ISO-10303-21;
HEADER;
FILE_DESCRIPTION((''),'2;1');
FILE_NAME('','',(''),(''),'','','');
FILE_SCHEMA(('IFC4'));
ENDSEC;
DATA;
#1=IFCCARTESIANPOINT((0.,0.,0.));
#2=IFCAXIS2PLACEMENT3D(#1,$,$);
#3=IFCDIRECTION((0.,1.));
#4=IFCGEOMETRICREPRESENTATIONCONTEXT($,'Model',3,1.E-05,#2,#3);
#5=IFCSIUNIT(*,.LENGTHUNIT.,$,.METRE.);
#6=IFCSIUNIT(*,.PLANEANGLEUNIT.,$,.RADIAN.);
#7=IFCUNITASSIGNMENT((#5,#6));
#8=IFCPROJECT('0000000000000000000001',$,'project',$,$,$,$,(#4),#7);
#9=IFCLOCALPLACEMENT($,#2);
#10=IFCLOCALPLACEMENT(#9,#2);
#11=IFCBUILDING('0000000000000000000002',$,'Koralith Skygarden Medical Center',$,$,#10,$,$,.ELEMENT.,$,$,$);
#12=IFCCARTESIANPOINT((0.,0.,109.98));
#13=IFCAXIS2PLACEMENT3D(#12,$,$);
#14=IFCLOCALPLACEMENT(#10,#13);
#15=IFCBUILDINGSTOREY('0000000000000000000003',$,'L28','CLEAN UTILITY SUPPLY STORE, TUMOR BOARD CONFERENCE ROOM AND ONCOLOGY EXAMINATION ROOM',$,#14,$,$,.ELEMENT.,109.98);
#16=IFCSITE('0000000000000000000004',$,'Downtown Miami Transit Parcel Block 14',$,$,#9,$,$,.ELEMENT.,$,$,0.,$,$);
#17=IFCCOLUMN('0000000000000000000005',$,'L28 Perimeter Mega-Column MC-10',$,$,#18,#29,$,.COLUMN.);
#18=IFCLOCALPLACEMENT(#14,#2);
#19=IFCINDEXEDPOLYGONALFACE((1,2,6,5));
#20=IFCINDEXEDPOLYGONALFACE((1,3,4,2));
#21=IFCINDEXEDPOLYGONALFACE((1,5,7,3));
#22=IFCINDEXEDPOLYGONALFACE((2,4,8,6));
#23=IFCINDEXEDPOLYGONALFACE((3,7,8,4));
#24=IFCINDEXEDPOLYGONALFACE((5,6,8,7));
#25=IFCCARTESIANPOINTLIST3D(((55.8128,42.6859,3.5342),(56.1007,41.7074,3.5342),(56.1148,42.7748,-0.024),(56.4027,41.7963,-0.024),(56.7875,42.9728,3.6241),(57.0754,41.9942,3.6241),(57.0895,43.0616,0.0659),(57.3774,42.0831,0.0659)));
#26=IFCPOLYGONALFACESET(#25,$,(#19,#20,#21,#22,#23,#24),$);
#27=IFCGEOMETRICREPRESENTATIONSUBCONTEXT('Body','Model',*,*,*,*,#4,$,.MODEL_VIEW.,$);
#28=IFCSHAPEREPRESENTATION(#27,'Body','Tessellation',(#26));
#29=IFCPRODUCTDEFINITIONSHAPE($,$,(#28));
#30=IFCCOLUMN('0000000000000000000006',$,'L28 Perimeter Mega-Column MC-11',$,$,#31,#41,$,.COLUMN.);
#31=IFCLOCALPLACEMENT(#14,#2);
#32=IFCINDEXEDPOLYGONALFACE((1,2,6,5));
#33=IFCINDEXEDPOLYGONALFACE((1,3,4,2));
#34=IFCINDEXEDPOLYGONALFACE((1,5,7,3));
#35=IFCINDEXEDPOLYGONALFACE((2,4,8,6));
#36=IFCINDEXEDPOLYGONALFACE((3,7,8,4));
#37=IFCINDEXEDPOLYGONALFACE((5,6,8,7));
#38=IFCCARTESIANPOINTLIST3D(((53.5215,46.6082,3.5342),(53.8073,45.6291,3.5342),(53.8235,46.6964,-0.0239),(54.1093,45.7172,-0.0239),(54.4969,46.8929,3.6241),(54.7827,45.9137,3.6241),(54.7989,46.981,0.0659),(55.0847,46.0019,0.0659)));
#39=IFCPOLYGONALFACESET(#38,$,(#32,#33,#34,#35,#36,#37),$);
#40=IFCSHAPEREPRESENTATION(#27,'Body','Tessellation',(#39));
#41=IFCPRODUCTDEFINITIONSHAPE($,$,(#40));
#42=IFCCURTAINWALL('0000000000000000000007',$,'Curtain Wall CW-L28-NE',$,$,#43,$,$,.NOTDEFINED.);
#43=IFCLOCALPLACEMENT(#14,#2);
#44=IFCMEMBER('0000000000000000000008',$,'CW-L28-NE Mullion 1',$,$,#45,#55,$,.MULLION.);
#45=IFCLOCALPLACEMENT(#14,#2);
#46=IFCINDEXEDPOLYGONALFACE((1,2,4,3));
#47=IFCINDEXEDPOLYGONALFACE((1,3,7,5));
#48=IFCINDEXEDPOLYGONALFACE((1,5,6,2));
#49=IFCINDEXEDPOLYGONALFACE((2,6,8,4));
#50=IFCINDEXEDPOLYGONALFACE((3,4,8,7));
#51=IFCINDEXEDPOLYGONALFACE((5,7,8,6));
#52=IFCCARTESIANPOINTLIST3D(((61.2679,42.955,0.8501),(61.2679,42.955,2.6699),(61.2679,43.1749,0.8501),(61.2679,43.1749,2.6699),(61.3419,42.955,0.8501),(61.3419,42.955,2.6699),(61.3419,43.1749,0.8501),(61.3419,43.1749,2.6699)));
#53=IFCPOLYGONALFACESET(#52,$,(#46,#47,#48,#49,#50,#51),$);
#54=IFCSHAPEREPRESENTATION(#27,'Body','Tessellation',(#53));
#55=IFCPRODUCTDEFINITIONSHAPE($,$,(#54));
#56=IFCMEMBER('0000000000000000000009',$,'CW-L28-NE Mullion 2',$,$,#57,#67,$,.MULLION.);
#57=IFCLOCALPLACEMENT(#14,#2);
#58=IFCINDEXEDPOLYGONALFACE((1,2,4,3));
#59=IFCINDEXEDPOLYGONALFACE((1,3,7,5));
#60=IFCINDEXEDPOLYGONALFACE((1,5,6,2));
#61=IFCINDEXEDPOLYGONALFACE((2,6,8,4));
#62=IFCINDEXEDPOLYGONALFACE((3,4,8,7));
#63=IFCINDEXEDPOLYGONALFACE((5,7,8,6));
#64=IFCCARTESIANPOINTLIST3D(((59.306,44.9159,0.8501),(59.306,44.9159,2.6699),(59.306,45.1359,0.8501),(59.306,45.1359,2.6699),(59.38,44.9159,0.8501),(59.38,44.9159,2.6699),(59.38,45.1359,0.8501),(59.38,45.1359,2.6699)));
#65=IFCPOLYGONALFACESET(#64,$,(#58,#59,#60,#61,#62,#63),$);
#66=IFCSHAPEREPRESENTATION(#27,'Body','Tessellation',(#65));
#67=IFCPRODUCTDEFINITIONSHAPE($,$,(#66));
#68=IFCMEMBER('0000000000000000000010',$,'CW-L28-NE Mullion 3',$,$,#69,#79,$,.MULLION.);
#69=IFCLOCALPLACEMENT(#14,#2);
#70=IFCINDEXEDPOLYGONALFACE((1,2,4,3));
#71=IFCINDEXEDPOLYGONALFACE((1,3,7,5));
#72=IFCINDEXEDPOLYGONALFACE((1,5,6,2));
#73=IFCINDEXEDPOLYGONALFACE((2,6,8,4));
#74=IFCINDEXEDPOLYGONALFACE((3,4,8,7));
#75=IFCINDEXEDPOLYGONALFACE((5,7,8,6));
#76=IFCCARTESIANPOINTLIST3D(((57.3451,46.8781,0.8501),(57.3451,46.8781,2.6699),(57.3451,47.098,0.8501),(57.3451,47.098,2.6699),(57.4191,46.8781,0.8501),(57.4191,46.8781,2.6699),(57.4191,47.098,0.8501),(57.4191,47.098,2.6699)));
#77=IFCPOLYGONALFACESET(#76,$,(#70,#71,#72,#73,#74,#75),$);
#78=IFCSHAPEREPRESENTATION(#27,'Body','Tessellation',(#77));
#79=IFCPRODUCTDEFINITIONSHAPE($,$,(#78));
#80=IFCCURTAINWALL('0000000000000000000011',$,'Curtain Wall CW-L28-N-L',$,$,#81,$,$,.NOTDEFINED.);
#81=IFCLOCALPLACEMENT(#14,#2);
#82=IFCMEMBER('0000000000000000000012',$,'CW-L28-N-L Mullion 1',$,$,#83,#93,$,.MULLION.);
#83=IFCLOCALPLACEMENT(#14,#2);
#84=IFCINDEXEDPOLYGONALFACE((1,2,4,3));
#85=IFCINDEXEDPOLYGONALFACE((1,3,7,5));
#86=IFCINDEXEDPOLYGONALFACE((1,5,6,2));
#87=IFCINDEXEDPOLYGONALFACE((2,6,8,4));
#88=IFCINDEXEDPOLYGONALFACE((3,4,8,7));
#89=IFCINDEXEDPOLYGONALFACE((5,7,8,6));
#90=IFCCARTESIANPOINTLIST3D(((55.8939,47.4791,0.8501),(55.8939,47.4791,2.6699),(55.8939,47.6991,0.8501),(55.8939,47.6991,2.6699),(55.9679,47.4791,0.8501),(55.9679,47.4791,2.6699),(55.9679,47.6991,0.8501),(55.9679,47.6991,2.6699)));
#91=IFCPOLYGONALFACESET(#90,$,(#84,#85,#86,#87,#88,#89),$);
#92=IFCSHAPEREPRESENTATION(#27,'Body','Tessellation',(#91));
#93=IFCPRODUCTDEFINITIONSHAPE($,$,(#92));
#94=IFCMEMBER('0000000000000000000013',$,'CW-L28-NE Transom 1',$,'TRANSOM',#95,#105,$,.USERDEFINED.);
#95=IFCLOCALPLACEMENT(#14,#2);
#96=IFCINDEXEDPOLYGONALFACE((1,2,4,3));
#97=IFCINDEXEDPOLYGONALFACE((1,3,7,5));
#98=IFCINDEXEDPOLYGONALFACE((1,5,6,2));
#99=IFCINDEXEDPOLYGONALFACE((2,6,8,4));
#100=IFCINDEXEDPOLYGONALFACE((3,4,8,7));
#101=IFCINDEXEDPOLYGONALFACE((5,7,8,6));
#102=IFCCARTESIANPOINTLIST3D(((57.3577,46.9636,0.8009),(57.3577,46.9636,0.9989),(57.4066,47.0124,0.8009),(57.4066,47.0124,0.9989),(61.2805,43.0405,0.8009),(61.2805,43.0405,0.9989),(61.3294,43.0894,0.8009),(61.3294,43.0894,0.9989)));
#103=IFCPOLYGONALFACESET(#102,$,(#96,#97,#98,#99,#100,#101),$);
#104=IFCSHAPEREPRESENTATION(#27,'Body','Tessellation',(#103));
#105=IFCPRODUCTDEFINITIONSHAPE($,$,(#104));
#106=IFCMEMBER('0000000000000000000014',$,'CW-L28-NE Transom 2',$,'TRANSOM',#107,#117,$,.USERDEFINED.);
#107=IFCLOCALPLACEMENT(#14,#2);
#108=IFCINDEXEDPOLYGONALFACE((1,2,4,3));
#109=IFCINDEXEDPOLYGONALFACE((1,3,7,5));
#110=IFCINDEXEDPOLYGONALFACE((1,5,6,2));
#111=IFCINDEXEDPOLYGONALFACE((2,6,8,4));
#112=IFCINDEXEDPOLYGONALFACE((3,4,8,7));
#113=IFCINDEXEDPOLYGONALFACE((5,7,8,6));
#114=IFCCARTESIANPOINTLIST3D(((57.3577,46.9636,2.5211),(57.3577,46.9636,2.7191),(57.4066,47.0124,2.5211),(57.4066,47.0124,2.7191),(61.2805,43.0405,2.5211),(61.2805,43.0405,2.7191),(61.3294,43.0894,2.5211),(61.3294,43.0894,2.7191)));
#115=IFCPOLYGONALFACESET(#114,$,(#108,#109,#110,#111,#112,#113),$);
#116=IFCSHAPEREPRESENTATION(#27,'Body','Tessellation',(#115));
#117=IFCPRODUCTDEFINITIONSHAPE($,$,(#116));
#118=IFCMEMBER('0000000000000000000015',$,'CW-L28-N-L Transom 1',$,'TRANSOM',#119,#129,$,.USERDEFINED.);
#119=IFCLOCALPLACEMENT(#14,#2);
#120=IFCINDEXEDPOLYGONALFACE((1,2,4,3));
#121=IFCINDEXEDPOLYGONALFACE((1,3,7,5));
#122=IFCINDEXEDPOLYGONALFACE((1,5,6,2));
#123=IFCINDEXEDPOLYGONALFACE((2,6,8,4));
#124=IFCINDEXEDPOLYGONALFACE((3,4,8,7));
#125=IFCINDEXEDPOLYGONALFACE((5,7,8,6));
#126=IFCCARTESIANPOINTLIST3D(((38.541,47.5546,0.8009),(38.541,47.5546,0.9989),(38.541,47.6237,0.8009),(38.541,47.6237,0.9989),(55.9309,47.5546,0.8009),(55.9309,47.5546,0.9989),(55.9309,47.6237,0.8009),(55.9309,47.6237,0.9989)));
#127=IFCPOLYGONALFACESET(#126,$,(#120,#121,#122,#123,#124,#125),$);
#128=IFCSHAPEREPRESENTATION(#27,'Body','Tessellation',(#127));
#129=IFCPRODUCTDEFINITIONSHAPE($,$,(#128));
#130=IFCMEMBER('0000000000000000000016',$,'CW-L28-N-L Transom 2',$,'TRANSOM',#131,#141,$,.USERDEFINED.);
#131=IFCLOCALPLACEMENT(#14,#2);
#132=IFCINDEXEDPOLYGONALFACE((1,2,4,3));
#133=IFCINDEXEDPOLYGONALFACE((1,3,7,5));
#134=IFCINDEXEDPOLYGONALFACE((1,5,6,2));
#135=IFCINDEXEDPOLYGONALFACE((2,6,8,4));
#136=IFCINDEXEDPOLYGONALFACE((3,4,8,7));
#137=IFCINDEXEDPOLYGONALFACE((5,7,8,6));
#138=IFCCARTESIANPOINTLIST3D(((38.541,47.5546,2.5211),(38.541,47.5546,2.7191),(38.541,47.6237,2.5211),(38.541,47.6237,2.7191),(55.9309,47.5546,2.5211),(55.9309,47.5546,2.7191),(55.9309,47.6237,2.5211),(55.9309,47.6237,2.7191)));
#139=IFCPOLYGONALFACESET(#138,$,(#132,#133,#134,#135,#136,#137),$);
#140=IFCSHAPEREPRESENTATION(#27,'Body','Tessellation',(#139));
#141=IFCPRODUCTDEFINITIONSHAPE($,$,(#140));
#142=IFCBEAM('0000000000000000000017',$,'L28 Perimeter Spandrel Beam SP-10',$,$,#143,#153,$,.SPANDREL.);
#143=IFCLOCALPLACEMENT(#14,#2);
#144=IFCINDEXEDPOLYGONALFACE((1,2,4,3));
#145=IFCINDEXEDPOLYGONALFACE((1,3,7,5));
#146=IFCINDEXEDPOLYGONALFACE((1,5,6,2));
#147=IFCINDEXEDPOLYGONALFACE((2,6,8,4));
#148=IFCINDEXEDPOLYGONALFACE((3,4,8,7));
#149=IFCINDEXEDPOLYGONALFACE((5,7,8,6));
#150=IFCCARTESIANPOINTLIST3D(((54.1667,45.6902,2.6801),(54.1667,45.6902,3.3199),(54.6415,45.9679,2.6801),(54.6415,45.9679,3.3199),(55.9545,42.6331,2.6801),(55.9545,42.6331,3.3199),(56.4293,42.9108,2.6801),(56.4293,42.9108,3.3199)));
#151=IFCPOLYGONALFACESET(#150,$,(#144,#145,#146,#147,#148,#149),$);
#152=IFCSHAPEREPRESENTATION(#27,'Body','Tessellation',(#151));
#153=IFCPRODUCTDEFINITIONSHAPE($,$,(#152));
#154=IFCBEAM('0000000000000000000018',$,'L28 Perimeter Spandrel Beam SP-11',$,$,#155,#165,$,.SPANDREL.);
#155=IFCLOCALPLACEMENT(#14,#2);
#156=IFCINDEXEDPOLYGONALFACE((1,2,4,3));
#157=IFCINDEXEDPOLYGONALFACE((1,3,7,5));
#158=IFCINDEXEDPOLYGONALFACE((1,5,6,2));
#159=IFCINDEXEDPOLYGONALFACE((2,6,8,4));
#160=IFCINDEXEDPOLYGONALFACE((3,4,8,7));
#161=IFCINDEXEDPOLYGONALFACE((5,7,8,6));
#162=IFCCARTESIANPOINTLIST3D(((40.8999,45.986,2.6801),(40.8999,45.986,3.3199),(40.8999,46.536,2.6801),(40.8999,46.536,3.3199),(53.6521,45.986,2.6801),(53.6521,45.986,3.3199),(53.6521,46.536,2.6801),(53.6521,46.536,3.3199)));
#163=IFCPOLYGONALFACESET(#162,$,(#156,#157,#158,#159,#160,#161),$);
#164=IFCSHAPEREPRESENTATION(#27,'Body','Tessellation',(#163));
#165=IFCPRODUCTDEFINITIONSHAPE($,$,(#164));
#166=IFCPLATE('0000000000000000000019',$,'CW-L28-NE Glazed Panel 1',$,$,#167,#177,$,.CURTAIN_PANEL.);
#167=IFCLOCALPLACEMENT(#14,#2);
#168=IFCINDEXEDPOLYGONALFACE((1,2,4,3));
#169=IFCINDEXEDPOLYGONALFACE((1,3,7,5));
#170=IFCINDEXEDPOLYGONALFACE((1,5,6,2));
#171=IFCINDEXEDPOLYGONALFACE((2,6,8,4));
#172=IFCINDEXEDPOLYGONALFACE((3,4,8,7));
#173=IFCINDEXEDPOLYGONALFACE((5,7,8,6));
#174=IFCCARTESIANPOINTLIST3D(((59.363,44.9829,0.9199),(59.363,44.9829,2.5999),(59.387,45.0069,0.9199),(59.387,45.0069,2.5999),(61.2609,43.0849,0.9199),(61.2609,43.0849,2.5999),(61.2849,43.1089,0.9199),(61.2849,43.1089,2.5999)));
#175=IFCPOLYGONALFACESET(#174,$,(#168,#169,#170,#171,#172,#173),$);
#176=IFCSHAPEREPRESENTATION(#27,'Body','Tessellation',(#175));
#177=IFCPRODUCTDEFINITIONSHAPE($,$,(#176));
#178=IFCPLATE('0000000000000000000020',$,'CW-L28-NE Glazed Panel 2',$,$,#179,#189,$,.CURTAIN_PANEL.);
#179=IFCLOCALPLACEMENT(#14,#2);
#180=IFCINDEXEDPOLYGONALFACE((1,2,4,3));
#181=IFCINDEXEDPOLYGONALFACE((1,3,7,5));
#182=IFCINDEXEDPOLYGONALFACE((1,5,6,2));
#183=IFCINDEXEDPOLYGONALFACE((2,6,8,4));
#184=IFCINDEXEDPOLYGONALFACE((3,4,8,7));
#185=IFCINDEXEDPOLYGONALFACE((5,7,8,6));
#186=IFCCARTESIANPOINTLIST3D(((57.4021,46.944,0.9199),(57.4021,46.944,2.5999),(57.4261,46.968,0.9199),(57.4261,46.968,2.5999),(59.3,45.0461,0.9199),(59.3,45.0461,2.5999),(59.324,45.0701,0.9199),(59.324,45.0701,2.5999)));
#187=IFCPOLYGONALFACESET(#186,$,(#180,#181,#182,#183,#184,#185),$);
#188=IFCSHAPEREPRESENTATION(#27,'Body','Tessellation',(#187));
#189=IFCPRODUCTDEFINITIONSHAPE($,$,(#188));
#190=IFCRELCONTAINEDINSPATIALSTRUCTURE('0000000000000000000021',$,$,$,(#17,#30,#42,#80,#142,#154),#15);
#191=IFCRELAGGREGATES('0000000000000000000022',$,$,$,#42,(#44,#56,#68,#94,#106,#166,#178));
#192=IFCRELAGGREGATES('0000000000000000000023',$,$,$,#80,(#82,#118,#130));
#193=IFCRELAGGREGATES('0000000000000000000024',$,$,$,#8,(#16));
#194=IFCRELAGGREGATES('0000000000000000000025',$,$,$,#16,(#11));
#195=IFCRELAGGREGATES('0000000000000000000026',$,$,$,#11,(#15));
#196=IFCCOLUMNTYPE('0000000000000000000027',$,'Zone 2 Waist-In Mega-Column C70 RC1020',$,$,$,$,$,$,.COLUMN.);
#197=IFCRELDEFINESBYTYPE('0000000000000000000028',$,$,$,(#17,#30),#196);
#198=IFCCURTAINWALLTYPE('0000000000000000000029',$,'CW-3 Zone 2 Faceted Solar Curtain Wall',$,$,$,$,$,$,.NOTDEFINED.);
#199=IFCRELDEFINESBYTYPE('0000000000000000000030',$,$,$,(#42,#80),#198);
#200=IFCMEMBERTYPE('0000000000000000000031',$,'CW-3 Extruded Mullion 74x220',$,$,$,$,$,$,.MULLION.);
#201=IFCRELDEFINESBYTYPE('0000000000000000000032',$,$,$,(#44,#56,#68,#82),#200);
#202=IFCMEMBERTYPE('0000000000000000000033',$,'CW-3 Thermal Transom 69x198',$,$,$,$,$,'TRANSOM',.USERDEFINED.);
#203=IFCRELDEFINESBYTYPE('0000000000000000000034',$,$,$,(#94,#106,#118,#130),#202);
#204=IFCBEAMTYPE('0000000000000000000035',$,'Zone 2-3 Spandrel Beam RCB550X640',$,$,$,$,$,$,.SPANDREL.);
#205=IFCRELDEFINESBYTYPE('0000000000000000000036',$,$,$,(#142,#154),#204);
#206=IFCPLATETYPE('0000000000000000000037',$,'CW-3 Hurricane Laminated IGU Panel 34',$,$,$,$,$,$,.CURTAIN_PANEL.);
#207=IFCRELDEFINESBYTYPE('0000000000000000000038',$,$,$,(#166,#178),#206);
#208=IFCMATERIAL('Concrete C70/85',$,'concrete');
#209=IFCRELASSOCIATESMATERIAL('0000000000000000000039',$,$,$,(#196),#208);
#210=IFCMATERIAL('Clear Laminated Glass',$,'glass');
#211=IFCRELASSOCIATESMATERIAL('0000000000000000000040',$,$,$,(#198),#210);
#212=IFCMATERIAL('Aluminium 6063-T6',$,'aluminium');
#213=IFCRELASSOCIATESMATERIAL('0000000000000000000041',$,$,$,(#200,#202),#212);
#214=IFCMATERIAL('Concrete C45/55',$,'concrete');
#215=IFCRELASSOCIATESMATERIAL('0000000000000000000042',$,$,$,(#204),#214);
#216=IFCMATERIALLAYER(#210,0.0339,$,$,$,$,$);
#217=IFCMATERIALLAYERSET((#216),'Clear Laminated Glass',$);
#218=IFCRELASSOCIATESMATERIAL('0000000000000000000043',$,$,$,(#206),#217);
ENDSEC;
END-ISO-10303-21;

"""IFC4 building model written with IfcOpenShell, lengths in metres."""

from ifc_helpers import new_model, si_unit, direction, frame, origin, origin_2d, place, context, subcontext, project, spatial, rectangle, extrude, material, layer, layer_set, material_profile, profile_set, type_object, element, aggregate, save


model = new_model("IFC4")

# Units and contexts
model_context = context("Model", 3, precision=1e-05, world=origin(), true_north=direction((0.0, 1.0)))
body_context = subcontext(model_context, "Body", "Model", "MODEL_VIEW")
ifc_project = project(units=[si_unit("LENGTHUNIT", "METRE"), si_unit("PLANEANGLEUNIT", "RADIAN")], contexts=[model_context])

# Site, building, storey
site_placement = place(None, origin())
site = spatial("IfcSite", under=ifc_project, at=site_placement, Name="Downtown Miami Transit Parcel Block 14", CompositionType="ELEMENT", RefElevation=0.0)
building_placement = place(site_placement, origin())
building = spatial("IfcBuilding", under=site, at=building_placement, Name="Koralith Skygarden Medical Center", CompositionType="ELEMENT")
storey_placement = place(building_placement, frame((0.0, 0.0, 109.98)))
storey = spatial("IfcBuildingStorey", under=building, at=storey_placement, Name="L28", Description="CLEAN UTILITY SUPPLY STORE, TUMOR BOARD CONFERENCE ROOM AND ONCOLOGY EXAMINATION ROOM", CompositionType="ELEMENT", Elevation=109.98)

# Columns
ifc_material_1 = material(Name="Concrete C70/85", Category="concrete")
ifc_material_profile_1 = material_profile(ifc_material_1, rectangle(XDim=1.02, YDim=1.02, at=origin_2d()), Name="RC1020X1020")
ifc_profile_set_1 = profile_set([ifc_material_profile_1], Name="Concrete C70/85")
column_type = type_object("IfcColumnType", Name="Zone 2 Waist-In Mega-Column C70 RC1020", PredefinedType="COLUMN", material=ifc_profile_set_1)
for number, where, z_axis, x_axis, name in (
    (1, (56.7461, 42.429, 0.021), (-0.084547, -0.024879, 0.996109), (0.282292, -0.959328, 0.0), "L28 Perimeter Mega-Column MC-10"),
    (2, (54.4541, 46.3491, 0.021), (-0.084547, -0.024674, 0.996114), (0.280149, -0.959957, 0.0), "L28 Perimeter Mega-Column MC-11"),
):
    element("IfcColumn", number, at=place(storey_placement, frame(where, z_axis=z_axis, x_axis=x_axis)), inside=storey, type_object=column_type, Name=name, PredefinedType="COLUMN", context=body_context, shape_type="SweptSolid", body=[
        extrude(rectangle(XDim=1.02, YDim=1.02, at=origin_2d()), origin(), (0.0, 0.0, 1.0), 3.572),
    ])

# Curtain wall, members
ifc_material_2 = material(Name="Clear Laminated Glass", Category="glass")
curtain_wall_type = type_object("IfcCurtainWallType", Name="CW-3 Zone 2 Faceted Solar Curtain Wall", PredefinedType="NOTDEFINED", material=ifc_material_2)
curtain_wall_1_placement = place(storey_placement, origin())
curtain_wall_1 = element("IfcCurtainWall", 3, at=curtain_wall_1_placement, inside=storey, type_object=curtain_wall_type, Name="Curtain Wall CW-L28-NE", PredefinedType="NOTDEFINED")
ifc_material_3 = material(Name="Aluminium 6063-T6", Category="aluminium")
ifc_material_profile_2 = material_profile(ifc_material_3, rectangle(XDim=0.074, YDim=0.22, at=origin_2d()), Name="MUL74X220")
ifc_profile_set_2 = profile_set([ifc_material_profile_2], Name="Aluminium 6063-T6")
member_type_1 = type_object("IfcMemberType", Name="CW-3 Extruded Mullion 74x220", PredefinedType="MULLION", material=ifc_profile_set_2)
member_1_placement = place(storey_placement, frame((61.3049, 43.0649, 0.8501), z_axis=(0.0, 0.0, 1.0), x_axis=(1.0, 0.0, 0.0)))
member_1 = element("IfcMember", 4, at=member_1_placement, type_object=member_type_1, Name="CW-L28-NE Mullion 1", PredefinedType="MULLION", context=body_context, shape_type="SweptSolid", body=[
    extrude(rectangle(XDim=0.074, YDim=0.22, at=origin_2d()), origin(), (0.0, 0.0, 1.0), 1.8198),
])
member_2_placement = place(storey_placement, frame((59.343, 45.0259, 0.8501), z_axis=(0.0, 0.0, 1.0), x_axis=(1.0, 0.0, 0.0)))
member_2 = element("IfcMember", 5, at=member_2_placement, type_object=member_type_1, Name="CW-L28-NE Mullion 2", PredefinedType="MULLION", context=body_context, shape_type="SweptSolid", body=[
    extrude(rectangle(XDim=0.074, YDim=0.22, at=origin_2d()), origin(), (0.0, 0.0, 1.0), 1.8198),
])
member_3_placement = place(storey_placement, frame((57.3821, 46.988, 0.8501), z_axis=(0.0, 0.0, 1.0), x_axis=(1.0, 0.0, 0.0)))
member_3 = element("IfcMember", 6, at=member_3_placement, type_object=member_type_1, Name="CW-L28-NE Mullion 3", PredefinedType="MULLION", context=body_context, shape_type="SweptSolid", body=[
    extrude(rectangle(XDim=0.074, YDim=0.22, at=origin_2d()), origin(), (0.0, 0.0, 1.0), 1.8198),
])

# Curtain wall, member
curtain_wall_2_placement = place(storey_placement, origin())
curtain_wall_2 = element("IfcCurtainWall", 7, at=curtain_wall_2_placement, inside=storey, type_object=curtain_wall_type, Name="Curtain Wall CW-L28-N-L", PredefinedType="NOTDEFINED")
member_4_placement = place(storey_placement, frame((55.9309, 47.5891, 0.8501), z_axis=(0.0, 0.0, 1.0), x_axis=(1.0, 0.0, 0.0)))
member_4 = element("IfcMember", 8, at=member_4_placement, type_object=member_type_1, Name="CW-L28-N-L Mullion 1", PredefinedType="MULLION", context=body_context, shape_type="SweptSolid", body=[
    extrude(rectangle(XDim=0.074, YDim=0.22, at=origin_2d()), origin(), (0.0, 0.0, 1.0), 1.8198),
])

# Members
ifc_material_profile_3 = material_profile(ifc_material_3, rectangle(XDim=0.0691, YDim=0.198, at=origin_2d()), Name="TRN69X198")
ifc_profile_set_3 = profile_set([ifc_material_profile_3], Name="Aluminium 6063-T6")
member_type_2 = type_object("IfcMemberType", Name="CW-3 Thermal Transom 69x198", ElementType="TRANSOM", PredefinedType="USERDEFINED", material=ifc_profile_set_3)
member_5_placement = place(storey_placement, frame((61.3049, 43.0649, 0.8999), z_axis=(-0.707085, 0.707129, 0.0), x_axis=(-0.707129, -0.707085, 0.0)))
member_5 = element("IfcMember", 9, at=member_5_placement, type_object=member_type_2, Name="CW-L28-NE Transom 1", ObjectType="TRANSOM", PredefinedType="USERDEFINED", context=body_context, shape_type="SweptSolid", body=[
    extrude(rectangle(XDim=0.0691, YDim=0.198, at=origin_2d()), origin(), (0.0, 0.0, 1.0), 5.5479),
])
member_6_placement = place(storey_placement, frame((61.3049, 43.0649, 2.6201), z_axis=(-0.707085, 0.707129, 0.0), x_axis=(-0.707129, -0.707085, 0.0)))
member_6 = element("IfcMember", 10, at=member_6_placement, type_object=member_type_2, Name="CW-L28-NE Transom 2", ObjectType="TRANSOM", PredefinedType="USERDEFINED", context=body_context, shape_type="SweptSolid", body=[
    extrude(rectangle(XDim=0.0691, YDim=0.198, at=origin_2d()), origin(), (0.0, 0.0, 1.0), 5.5479),
])
member_7_placement = place(storey_placement, frame((55.9309, 47.5891, 0.8999), z_axis=(-1.0, 0.0, 0.0), x_axis=(0.0, -1.0, 0.0)))
member_7 = element("IfcMember", 11, at=member_7_placement, type_object=member_type_2, Name="CW-L28-N-L Transom 1", ObjectType="TRANSOM", PredefinedType="USERDEFINED", context=body_context, shape_type="SweptSolid", body=[
    extrude(rectangle(XDim=0.0691, YDim=0.198, at=origin_2d()), origin(), (0.0, 0.0, 1.0), 17.3899),
])
member_8_placement = place(storey_placement, frame((55.9309, 47.5891, 2.6201), z_axis=(-1.0, 0.0, 0.0), x_axis=(0.0, -1.0, 0.0)))
member_8 = element("IfcMember", 12, at=member_8_placement, type_object=member_type_2, Name="CW-L28-N-L Transom 2", ObjectType="TRANSOM", PredefinedType="USERDEFINED", context=body_context, shape_type="SweptSolid", body=[
    extrude(rectangle(XDim=0.0691, YDim=0.198, at=origin_2d()), origin(), (0.0, 0.0, 1.0), 17.3899),
])

# Beams
ifc_material_4 = material(Name="Concrete C45/55", Category="concrete")
ifc_material_profile_4 = material_profile(ifc_material_4, rectangle(XDim=0.55, YDim=0.6399, at=origin_2d()), Name="RCB550X640")
ifc_profile_set_4 = profile_set([ifc_material_profile_4], Name="Concrete C45/55")
beam_type = type_object("IfcBeamType", Name="Zone 2-3 Spandrel Beam RCB550X640", PredefinedType="SPANDREL", material=ifc_profile_set_4)
beam_1_placement = place(storey_placement, frame((56.1919, 42.772, 3.0), z_axis=(-0.504822, 0.863223, 0.0), x_axis=(-0.863223, -0.504822, 0.0)))
element("IfcBeam", 13, at=beam_1_placement, inside=storey, type_object=beam_type, Name="L28 Perimeter Spandrel Beam SP-10", PredefinedType="SPANDREL", context=body_context, shape_type="SweptSolid", body=[
    extrude(rectangle(XDim=0.55, YDim=0.6399, at=origin_2d()), origin(), (0.0, 0.0, 1.0), 3.5415),
])
beam_2_placement = place(storey_placement, frame((53.6521, 46.261, 3.0), z_axis=(-1.0, 0.0, 0.0), x_axis=(0.0, -1.0, 0.0)))
element("IfcBeam", 14, at=beam_2_placement, inside=storey, type_object=beam_type, Name="L28 Perimeter Spandrel Beam SP-11", PredefinedType="SPANDREL", context=body_context, shape_type="SweptSolid", body=[
    extrude(rectangle(XDim=0.55, YDim=0.6399, at=origin_2d()), origin(), (0.0, 0.0, 1.0), 12.7522),
])

# Plates
ifc_layer_1 = layer(ifc_material_2, 0.0339)
ifc_layer_set_1 = layer_set([ifc_layer_1], Name="Clear Laminated Glass")
plate_type_1 = type_object("IfcPlateType", Name="CW-3 Hurricane Laminated IGU Panel 34", PredefinedType="CURTAIN_PANEL", material=ifc_layer_set_1)
plate_1_placement = place(storey_placement, frame((60.324, 44.0459, 0.9199), z_axis=(0.0, 0.0, 1.0), x_axis=(-0.707107, 0.707107, 0.0)))
plate_1 = element("IfcPlate", 15, at=plate_1_placement, type_object=plate_type_1, Name="CW-L28-NE Glazed Panel 1", PredefinedType="CURTAIN_PANEL", context=body_context, shape_type="SweptSolid", body=[
    extrude(rectangle(XDim=2.6841, YDim=0.0339, at=origin_2d()), origin(), (0.0, 0.0, 1.0), 1.6799),
])
plate_2_placement = place(storey_placement, frame((58.363, 46.0071, 0.9199), z_axis=(0.0, 0.0, 1.0), x_axis=(-0.707107, 0.707107, 0.0)))
plate_2 = element("IfcPlate", 16, at=plate_2_placement, type_object=plate_type_1, Name="CW-L28-NE Glazed Panel 2", PredefinedType="CURTAIN_PANEL", context=body_context, shape_type="SweptSolid", body=[
    extrude(rectangle(XDim=2.6841, YDim=0.0339, at=origin_2d()), origin(), (0.0, 0.0, 1.0), 1.6799),
])
aggregate(curtain_wall_1, [member_1, member_2, member_3, member_5, member_6, plate_1, plate_2])
aggregate(curtain_wall_2, [member_4, member_7, member_8])

save(model, "model.ifc")
